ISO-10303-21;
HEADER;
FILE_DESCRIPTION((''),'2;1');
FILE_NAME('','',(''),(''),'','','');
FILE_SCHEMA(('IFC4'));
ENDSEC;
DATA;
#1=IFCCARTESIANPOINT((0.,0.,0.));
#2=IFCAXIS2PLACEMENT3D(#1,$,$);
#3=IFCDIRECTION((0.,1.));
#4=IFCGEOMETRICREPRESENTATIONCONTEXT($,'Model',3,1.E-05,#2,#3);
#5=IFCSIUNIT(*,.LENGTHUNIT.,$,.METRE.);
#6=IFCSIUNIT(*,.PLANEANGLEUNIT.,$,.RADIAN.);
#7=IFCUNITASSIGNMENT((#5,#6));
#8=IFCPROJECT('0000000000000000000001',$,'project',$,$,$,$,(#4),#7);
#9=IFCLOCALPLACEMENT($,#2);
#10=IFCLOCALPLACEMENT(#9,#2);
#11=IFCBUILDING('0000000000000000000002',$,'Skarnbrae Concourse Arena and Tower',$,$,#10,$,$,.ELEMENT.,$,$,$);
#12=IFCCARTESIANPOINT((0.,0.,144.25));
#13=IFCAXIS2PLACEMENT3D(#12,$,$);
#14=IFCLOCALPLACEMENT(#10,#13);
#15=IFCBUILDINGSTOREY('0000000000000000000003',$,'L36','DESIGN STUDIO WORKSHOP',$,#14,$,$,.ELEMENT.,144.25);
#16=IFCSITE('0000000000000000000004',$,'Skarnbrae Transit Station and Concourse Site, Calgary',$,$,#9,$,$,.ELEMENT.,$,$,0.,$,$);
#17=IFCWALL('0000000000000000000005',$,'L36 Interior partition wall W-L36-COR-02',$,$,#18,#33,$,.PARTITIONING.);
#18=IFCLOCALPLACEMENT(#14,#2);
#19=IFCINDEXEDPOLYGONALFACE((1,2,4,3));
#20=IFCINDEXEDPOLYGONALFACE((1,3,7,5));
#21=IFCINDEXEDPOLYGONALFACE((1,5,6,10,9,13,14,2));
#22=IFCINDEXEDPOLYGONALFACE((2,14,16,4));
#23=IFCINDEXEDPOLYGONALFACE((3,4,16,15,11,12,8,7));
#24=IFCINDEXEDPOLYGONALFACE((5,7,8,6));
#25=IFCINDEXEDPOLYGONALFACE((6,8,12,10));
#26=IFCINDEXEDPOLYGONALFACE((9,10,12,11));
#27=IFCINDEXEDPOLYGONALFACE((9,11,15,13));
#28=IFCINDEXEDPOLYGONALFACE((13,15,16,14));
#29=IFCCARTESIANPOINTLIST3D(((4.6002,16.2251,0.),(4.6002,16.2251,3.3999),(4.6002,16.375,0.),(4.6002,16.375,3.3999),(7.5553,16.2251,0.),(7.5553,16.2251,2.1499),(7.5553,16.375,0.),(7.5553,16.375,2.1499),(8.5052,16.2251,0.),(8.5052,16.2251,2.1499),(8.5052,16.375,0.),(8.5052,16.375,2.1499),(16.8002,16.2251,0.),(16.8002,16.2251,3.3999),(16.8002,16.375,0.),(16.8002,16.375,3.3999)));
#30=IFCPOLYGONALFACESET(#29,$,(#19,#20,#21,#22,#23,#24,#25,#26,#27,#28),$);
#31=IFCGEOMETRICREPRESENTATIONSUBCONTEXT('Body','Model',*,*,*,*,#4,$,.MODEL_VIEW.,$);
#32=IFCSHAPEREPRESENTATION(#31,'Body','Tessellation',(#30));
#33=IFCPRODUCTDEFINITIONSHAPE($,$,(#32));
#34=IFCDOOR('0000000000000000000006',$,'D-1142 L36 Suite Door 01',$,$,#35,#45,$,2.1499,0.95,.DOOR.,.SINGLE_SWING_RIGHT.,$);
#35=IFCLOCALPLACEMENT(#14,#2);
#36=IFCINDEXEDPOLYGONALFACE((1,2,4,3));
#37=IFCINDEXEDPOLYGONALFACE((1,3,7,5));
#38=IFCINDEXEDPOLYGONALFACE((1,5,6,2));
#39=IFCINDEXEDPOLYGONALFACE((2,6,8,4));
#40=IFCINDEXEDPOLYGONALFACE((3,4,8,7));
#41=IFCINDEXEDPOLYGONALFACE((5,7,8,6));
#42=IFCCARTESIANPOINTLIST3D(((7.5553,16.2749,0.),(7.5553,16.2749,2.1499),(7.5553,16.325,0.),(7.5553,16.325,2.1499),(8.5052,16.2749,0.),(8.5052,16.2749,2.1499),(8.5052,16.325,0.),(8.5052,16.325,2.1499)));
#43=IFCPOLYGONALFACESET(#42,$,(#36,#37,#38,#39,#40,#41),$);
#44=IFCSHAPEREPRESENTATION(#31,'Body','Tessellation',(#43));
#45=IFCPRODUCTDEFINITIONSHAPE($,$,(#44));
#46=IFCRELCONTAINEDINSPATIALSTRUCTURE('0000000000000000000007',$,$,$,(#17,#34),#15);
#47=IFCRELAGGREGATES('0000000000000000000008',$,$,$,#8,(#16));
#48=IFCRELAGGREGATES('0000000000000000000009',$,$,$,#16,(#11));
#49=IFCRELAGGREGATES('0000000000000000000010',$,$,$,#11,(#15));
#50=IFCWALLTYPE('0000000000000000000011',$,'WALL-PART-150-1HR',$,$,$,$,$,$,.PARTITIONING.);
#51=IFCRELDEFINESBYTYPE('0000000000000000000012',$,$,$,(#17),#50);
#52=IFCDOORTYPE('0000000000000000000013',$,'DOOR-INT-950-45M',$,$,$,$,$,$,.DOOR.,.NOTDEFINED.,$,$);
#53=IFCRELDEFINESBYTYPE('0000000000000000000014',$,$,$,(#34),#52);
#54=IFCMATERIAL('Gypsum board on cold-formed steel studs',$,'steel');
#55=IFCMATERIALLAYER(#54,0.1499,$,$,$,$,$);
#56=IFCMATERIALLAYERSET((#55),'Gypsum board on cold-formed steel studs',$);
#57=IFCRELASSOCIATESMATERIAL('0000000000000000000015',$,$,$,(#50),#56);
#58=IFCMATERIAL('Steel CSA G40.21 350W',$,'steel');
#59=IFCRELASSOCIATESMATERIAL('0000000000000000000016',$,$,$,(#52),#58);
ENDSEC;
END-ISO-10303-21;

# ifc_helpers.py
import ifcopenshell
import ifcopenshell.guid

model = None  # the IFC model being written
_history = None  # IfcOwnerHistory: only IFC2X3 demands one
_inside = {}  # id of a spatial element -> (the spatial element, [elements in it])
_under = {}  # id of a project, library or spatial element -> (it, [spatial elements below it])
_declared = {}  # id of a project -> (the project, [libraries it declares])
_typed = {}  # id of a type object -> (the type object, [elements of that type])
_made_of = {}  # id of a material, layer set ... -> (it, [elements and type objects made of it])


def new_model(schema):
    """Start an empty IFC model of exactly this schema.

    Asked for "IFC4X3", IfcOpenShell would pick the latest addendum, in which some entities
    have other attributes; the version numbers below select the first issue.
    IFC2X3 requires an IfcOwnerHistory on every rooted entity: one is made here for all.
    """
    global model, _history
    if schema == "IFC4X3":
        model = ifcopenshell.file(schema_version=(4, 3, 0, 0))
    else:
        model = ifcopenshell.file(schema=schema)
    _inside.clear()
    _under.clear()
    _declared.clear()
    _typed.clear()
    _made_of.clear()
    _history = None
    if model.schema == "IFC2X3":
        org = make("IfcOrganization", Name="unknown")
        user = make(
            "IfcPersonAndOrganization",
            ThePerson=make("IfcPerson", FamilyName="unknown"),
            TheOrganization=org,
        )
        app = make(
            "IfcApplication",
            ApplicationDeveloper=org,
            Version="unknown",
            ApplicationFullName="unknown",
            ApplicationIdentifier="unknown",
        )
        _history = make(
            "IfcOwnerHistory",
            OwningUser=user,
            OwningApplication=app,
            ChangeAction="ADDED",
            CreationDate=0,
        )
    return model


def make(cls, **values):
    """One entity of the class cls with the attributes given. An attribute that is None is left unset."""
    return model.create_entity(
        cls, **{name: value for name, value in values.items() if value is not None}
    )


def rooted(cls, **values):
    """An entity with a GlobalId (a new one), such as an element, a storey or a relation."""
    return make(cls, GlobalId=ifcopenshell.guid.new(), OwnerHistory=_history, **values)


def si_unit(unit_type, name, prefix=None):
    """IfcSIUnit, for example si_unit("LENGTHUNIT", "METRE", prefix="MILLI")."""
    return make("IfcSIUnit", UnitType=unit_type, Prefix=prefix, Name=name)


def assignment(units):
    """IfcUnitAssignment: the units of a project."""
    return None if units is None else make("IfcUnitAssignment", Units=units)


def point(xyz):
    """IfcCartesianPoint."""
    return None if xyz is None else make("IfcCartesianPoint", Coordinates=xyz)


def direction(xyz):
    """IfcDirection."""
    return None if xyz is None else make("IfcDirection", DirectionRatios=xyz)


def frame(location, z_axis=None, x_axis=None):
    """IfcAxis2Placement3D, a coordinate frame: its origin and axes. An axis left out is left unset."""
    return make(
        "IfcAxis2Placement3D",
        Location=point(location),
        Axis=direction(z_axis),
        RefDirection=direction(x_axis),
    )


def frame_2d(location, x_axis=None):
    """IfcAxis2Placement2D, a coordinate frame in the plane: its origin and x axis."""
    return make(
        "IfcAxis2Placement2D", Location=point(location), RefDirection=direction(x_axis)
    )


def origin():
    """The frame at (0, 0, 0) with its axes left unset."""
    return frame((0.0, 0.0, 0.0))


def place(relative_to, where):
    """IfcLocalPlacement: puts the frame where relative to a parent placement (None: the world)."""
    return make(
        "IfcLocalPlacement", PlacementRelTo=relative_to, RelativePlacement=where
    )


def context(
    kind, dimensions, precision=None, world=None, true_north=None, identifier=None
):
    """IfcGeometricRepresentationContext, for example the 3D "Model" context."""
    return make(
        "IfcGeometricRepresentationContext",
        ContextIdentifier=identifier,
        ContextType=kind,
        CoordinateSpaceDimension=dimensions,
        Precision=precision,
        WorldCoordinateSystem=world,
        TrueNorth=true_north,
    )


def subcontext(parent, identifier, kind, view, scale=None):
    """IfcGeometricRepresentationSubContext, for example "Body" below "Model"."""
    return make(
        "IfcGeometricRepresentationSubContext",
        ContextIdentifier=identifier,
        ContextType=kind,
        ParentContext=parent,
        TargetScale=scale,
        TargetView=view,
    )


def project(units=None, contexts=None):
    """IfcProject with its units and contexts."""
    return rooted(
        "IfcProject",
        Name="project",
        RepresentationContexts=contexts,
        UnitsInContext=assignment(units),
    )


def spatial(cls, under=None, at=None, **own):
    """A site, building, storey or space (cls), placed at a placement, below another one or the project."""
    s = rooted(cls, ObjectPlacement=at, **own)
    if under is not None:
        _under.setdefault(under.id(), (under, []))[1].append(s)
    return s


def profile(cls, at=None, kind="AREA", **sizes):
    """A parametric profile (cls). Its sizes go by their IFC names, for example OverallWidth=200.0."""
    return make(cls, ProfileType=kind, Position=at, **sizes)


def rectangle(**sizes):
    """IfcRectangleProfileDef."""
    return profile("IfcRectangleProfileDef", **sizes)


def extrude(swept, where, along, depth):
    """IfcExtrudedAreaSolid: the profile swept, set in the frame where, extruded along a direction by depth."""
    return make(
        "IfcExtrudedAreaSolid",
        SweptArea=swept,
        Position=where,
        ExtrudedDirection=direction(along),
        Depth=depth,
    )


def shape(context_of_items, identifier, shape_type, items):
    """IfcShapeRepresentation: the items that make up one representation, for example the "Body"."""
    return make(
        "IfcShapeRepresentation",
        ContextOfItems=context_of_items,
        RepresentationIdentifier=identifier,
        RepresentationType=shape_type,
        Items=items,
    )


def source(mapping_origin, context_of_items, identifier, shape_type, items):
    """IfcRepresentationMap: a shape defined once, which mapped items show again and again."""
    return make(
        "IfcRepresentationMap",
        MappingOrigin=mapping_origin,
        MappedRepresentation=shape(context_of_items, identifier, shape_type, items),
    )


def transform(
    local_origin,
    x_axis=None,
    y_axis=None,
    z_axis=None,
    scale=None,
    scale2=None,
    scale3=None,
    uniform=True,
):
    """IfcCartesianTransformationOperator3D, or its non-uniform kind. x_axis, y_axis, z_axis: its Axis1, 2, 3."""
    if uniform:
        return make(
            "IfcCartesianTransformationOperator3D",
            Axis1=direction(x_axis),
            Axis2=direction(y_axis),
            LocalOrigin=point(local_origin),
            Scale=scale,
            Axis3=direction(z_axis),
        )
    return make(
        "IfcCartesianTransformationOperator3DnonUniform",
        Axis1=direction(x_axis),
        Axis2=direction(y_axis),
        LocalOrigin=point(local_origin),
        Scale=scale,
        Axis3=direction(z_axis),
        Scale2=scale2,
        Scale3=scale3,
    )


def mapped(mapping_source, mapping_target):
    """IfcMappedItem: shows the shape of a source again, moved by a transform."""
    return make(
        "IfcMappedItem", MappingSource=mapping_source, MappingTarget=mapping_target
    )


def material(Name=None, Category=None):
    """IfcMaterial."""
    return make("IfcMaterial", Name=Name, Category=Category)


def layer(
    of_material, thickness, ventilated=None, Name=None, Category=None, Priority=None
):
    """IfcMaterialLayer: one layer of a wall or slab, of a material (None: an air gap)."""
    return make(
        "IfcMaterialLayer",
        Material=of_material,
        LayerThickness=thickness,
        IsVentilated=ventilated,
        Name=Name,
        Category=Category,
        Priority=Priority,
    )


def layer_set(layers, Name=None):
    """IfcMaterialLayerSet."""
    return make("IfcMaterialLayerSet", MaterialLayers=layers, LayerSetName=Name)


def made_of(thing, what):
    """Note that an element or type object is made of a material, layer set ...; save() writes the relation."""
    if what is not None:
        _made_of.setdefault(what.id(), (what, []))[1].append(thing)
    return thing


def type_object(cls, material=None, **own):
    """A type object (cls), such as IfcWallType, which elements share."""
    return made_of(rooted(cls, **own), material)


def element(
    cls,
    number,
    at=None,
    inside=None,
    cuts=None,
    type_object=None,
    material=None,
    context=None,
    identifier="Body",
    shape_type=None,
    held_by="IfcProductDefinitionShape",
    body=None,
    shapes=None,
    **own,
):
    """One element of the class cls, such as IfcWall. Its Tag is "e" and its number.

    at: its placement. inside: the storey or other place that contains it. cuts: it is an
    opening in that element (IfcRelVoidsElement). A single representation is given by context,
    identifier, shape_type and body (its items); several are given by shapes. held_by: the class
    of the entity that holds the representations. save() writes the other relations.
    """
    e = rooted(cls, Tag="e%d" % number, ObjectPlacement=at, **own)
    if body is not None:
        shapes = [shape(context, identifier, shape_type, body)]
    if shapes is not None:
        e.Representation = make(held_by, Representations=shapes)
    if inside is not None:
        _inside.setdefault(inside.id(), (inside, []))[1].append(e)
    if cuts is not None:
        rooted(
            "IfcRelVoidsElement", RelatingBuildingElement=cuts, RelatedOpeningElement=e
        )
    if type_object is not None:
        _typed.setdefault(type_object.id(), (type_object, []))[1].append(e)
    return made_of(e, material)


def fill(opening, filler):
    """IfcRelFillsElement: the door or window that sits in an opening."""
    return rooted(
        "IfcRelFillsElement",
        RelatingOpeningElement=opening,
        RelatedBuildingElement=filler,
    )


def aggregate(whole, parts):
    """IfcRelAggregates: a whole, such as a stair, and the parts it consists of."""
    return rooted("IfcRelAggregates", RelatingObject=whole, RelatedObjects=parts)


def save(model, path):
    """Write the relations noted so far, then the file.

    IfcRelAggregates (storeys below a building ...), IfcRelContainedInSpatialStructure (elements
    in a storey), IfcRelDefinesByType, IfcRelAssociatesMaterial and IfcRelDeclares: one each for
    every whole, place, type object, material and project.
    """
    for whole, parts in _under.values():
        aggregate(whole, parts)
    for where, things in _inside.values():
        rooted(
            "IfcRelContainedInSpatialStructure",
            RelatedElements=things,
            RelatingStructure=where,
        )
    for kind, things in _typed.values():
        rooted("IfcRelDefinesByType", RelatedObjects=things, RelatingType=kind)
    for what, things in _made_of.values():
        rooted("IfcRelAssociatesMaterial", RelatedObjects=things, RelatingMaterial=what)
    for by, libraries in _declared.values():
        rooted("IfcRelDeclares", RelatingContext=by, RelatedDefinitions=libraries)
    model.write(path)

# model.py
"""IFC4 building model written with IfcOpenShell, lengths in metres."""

from ifc_helpers import new_model, si_unit, direction, frame, frame_2d, origin, place, context, subcontext, project, spatial, rectangle, extrude, source, transform, mapped, material, layer, layer_set, type_object, element, fill, save


model = new_model("IFC4")

# Units and contexts
model_context = context("Model", 3, precision=1e-05, world=origin(), true_north=direction((0.0, 1.0)))
body_context = subcontext(model_context, "Body", "Model", "MODEL_VIEW")
ifc_project = project(units=[si_unit("LENGTHUNIT", "METRE"), si_unit("PLANEANGLEUNIT", "RADIAN")], contexts=[model_context])

# Site, building, storey
site_placement = place(None, origin())
site = spatial("IfcSite", under=ifc_project, at=site_placement, Name="Skarnbrae Transit Station and Concourse Site, Calgary", CompositionType="ELEMENT", RefElevation=0.0)
building_placement = place(site_placement, origin())
building = spatial("IfcBuilding", under=site, at=building_placement, Name="Skarnbrae Concourse Arena and Tower", CompositionType="ELEMENT")
storey_placement = place(building_placement, frame((0.0, 0.0, 144.25)))
storey = spatial("IfcBuildingStorey", under=building, at=storey_placement, Name="L36", Description="DESIGN STUDIO WORKSHOP", CompositionType="ELEMENT", Elevation=144.25)

# Shared definitions
ifc_material_1 = material(Name="Steel CSA G40.21 350W", Category="steel")

# Shared definitions
ifc_material_2 = material(Name="Gypsum board on cold-formed steel studs", Category="steel")
ifc_layer_1 = layer(ifc_material_2, 0.1499)
ifc_layer_set_1 = layer_set([ifc_layer_1], Name="Gypsum board on cold-formed steel studs")
wall_type_1 = type_object("IfcWallType", Name="WALL-PART-150-1HR", PredefinedType="PARTITIONING", material=ifc_layer_set_1)

# Wall, opening, door
shared_shape_1 = source(origin(), body_context, "Body", "SweptSolid", [
    extrude(rectangle(XDim=12.2, YDim=0.1499, at=frame_2d((6.1001, 0.0))), origin(), (0.0, 0.0, 1.0), 3.3999),
])
wall_1_placement = place(storey_placement, frame((4.6001, 16.3, 0.0), z_axis=(0.0, 0.0, 1.0), x_axis=(1.0, 0.0, 0.0)))
wall_1 = element("IfcWall", 1, at=wall_1_placement, inside=storey, type_object=wall_type_1, Name="L36 Interior partition wall W-L36-COR-02", PredefinedType="PARTITIONING", context=body_context, shape_type="MappedRepresentation", body=[
    mapped(shared_shape_1, transform((0.0, 0.0, 0.0))),
])
opening_1_placement = place(wall_1_placement, frame((2.9551, 0.0, 0.0)))
opening_1 = element("IfcOpeningElement", 2, at=opening_1_placement, cuts=wall_1, PredefinedType="OPENING", context=body_context, shape_type="SweptSolid", body=[
    extrude(rectangle(XDim=0.95, YDim=2.1499, at=frame_2d((0.4751, 1.075))), frame((0.0, 0.085, 0.0), z_axis=(0.0, -1.0, 0.0), x_axis=(1.0, 0.0, 0.0)), (0.0, 0.0, 1.0), 0.1699),
])
door_type_1 = type_object("IfcDoorType", Name="DOOR-INT-950-45M", OperationType="NOTDEFINED", PredefinedType="DOOR", material=ifc_material_1)
shared_shape_2 = source(origin(), body_context, "Body", "SweptSolid", [
    extrude(rectangle(XDim=0.95, YDim=2.1499, at=frame_2d((0.4751, 1.075))), frame((0.0, 0.0249, 0.0), z_axis=(0.0, -1.0, 0.0), x_axis=(1.0, 0.0, 0.0)), (0.0, 0.0, 1.0), 0.05),
])
door_1_placement = place(opening_1_placement, origin())
door_1 = element("IfcDoor", 3, at=door_1_placement, inside=storey, type_object=door_type_1, Name="D-1142 L36 Suite Door 01", OperationType="SINGLE_SWING_RIGHT", OverallHeight=2.1499, OverallWidth=0.95, PredefinedType="DOOR", context=body_context, shape_type="MappedRepresentation", body=[
    mapped(shared_shape_2, transform((0.0, 0.0, 0.0))),
])
fill(opening_1, door_1)

save(model, "model.ifc")
